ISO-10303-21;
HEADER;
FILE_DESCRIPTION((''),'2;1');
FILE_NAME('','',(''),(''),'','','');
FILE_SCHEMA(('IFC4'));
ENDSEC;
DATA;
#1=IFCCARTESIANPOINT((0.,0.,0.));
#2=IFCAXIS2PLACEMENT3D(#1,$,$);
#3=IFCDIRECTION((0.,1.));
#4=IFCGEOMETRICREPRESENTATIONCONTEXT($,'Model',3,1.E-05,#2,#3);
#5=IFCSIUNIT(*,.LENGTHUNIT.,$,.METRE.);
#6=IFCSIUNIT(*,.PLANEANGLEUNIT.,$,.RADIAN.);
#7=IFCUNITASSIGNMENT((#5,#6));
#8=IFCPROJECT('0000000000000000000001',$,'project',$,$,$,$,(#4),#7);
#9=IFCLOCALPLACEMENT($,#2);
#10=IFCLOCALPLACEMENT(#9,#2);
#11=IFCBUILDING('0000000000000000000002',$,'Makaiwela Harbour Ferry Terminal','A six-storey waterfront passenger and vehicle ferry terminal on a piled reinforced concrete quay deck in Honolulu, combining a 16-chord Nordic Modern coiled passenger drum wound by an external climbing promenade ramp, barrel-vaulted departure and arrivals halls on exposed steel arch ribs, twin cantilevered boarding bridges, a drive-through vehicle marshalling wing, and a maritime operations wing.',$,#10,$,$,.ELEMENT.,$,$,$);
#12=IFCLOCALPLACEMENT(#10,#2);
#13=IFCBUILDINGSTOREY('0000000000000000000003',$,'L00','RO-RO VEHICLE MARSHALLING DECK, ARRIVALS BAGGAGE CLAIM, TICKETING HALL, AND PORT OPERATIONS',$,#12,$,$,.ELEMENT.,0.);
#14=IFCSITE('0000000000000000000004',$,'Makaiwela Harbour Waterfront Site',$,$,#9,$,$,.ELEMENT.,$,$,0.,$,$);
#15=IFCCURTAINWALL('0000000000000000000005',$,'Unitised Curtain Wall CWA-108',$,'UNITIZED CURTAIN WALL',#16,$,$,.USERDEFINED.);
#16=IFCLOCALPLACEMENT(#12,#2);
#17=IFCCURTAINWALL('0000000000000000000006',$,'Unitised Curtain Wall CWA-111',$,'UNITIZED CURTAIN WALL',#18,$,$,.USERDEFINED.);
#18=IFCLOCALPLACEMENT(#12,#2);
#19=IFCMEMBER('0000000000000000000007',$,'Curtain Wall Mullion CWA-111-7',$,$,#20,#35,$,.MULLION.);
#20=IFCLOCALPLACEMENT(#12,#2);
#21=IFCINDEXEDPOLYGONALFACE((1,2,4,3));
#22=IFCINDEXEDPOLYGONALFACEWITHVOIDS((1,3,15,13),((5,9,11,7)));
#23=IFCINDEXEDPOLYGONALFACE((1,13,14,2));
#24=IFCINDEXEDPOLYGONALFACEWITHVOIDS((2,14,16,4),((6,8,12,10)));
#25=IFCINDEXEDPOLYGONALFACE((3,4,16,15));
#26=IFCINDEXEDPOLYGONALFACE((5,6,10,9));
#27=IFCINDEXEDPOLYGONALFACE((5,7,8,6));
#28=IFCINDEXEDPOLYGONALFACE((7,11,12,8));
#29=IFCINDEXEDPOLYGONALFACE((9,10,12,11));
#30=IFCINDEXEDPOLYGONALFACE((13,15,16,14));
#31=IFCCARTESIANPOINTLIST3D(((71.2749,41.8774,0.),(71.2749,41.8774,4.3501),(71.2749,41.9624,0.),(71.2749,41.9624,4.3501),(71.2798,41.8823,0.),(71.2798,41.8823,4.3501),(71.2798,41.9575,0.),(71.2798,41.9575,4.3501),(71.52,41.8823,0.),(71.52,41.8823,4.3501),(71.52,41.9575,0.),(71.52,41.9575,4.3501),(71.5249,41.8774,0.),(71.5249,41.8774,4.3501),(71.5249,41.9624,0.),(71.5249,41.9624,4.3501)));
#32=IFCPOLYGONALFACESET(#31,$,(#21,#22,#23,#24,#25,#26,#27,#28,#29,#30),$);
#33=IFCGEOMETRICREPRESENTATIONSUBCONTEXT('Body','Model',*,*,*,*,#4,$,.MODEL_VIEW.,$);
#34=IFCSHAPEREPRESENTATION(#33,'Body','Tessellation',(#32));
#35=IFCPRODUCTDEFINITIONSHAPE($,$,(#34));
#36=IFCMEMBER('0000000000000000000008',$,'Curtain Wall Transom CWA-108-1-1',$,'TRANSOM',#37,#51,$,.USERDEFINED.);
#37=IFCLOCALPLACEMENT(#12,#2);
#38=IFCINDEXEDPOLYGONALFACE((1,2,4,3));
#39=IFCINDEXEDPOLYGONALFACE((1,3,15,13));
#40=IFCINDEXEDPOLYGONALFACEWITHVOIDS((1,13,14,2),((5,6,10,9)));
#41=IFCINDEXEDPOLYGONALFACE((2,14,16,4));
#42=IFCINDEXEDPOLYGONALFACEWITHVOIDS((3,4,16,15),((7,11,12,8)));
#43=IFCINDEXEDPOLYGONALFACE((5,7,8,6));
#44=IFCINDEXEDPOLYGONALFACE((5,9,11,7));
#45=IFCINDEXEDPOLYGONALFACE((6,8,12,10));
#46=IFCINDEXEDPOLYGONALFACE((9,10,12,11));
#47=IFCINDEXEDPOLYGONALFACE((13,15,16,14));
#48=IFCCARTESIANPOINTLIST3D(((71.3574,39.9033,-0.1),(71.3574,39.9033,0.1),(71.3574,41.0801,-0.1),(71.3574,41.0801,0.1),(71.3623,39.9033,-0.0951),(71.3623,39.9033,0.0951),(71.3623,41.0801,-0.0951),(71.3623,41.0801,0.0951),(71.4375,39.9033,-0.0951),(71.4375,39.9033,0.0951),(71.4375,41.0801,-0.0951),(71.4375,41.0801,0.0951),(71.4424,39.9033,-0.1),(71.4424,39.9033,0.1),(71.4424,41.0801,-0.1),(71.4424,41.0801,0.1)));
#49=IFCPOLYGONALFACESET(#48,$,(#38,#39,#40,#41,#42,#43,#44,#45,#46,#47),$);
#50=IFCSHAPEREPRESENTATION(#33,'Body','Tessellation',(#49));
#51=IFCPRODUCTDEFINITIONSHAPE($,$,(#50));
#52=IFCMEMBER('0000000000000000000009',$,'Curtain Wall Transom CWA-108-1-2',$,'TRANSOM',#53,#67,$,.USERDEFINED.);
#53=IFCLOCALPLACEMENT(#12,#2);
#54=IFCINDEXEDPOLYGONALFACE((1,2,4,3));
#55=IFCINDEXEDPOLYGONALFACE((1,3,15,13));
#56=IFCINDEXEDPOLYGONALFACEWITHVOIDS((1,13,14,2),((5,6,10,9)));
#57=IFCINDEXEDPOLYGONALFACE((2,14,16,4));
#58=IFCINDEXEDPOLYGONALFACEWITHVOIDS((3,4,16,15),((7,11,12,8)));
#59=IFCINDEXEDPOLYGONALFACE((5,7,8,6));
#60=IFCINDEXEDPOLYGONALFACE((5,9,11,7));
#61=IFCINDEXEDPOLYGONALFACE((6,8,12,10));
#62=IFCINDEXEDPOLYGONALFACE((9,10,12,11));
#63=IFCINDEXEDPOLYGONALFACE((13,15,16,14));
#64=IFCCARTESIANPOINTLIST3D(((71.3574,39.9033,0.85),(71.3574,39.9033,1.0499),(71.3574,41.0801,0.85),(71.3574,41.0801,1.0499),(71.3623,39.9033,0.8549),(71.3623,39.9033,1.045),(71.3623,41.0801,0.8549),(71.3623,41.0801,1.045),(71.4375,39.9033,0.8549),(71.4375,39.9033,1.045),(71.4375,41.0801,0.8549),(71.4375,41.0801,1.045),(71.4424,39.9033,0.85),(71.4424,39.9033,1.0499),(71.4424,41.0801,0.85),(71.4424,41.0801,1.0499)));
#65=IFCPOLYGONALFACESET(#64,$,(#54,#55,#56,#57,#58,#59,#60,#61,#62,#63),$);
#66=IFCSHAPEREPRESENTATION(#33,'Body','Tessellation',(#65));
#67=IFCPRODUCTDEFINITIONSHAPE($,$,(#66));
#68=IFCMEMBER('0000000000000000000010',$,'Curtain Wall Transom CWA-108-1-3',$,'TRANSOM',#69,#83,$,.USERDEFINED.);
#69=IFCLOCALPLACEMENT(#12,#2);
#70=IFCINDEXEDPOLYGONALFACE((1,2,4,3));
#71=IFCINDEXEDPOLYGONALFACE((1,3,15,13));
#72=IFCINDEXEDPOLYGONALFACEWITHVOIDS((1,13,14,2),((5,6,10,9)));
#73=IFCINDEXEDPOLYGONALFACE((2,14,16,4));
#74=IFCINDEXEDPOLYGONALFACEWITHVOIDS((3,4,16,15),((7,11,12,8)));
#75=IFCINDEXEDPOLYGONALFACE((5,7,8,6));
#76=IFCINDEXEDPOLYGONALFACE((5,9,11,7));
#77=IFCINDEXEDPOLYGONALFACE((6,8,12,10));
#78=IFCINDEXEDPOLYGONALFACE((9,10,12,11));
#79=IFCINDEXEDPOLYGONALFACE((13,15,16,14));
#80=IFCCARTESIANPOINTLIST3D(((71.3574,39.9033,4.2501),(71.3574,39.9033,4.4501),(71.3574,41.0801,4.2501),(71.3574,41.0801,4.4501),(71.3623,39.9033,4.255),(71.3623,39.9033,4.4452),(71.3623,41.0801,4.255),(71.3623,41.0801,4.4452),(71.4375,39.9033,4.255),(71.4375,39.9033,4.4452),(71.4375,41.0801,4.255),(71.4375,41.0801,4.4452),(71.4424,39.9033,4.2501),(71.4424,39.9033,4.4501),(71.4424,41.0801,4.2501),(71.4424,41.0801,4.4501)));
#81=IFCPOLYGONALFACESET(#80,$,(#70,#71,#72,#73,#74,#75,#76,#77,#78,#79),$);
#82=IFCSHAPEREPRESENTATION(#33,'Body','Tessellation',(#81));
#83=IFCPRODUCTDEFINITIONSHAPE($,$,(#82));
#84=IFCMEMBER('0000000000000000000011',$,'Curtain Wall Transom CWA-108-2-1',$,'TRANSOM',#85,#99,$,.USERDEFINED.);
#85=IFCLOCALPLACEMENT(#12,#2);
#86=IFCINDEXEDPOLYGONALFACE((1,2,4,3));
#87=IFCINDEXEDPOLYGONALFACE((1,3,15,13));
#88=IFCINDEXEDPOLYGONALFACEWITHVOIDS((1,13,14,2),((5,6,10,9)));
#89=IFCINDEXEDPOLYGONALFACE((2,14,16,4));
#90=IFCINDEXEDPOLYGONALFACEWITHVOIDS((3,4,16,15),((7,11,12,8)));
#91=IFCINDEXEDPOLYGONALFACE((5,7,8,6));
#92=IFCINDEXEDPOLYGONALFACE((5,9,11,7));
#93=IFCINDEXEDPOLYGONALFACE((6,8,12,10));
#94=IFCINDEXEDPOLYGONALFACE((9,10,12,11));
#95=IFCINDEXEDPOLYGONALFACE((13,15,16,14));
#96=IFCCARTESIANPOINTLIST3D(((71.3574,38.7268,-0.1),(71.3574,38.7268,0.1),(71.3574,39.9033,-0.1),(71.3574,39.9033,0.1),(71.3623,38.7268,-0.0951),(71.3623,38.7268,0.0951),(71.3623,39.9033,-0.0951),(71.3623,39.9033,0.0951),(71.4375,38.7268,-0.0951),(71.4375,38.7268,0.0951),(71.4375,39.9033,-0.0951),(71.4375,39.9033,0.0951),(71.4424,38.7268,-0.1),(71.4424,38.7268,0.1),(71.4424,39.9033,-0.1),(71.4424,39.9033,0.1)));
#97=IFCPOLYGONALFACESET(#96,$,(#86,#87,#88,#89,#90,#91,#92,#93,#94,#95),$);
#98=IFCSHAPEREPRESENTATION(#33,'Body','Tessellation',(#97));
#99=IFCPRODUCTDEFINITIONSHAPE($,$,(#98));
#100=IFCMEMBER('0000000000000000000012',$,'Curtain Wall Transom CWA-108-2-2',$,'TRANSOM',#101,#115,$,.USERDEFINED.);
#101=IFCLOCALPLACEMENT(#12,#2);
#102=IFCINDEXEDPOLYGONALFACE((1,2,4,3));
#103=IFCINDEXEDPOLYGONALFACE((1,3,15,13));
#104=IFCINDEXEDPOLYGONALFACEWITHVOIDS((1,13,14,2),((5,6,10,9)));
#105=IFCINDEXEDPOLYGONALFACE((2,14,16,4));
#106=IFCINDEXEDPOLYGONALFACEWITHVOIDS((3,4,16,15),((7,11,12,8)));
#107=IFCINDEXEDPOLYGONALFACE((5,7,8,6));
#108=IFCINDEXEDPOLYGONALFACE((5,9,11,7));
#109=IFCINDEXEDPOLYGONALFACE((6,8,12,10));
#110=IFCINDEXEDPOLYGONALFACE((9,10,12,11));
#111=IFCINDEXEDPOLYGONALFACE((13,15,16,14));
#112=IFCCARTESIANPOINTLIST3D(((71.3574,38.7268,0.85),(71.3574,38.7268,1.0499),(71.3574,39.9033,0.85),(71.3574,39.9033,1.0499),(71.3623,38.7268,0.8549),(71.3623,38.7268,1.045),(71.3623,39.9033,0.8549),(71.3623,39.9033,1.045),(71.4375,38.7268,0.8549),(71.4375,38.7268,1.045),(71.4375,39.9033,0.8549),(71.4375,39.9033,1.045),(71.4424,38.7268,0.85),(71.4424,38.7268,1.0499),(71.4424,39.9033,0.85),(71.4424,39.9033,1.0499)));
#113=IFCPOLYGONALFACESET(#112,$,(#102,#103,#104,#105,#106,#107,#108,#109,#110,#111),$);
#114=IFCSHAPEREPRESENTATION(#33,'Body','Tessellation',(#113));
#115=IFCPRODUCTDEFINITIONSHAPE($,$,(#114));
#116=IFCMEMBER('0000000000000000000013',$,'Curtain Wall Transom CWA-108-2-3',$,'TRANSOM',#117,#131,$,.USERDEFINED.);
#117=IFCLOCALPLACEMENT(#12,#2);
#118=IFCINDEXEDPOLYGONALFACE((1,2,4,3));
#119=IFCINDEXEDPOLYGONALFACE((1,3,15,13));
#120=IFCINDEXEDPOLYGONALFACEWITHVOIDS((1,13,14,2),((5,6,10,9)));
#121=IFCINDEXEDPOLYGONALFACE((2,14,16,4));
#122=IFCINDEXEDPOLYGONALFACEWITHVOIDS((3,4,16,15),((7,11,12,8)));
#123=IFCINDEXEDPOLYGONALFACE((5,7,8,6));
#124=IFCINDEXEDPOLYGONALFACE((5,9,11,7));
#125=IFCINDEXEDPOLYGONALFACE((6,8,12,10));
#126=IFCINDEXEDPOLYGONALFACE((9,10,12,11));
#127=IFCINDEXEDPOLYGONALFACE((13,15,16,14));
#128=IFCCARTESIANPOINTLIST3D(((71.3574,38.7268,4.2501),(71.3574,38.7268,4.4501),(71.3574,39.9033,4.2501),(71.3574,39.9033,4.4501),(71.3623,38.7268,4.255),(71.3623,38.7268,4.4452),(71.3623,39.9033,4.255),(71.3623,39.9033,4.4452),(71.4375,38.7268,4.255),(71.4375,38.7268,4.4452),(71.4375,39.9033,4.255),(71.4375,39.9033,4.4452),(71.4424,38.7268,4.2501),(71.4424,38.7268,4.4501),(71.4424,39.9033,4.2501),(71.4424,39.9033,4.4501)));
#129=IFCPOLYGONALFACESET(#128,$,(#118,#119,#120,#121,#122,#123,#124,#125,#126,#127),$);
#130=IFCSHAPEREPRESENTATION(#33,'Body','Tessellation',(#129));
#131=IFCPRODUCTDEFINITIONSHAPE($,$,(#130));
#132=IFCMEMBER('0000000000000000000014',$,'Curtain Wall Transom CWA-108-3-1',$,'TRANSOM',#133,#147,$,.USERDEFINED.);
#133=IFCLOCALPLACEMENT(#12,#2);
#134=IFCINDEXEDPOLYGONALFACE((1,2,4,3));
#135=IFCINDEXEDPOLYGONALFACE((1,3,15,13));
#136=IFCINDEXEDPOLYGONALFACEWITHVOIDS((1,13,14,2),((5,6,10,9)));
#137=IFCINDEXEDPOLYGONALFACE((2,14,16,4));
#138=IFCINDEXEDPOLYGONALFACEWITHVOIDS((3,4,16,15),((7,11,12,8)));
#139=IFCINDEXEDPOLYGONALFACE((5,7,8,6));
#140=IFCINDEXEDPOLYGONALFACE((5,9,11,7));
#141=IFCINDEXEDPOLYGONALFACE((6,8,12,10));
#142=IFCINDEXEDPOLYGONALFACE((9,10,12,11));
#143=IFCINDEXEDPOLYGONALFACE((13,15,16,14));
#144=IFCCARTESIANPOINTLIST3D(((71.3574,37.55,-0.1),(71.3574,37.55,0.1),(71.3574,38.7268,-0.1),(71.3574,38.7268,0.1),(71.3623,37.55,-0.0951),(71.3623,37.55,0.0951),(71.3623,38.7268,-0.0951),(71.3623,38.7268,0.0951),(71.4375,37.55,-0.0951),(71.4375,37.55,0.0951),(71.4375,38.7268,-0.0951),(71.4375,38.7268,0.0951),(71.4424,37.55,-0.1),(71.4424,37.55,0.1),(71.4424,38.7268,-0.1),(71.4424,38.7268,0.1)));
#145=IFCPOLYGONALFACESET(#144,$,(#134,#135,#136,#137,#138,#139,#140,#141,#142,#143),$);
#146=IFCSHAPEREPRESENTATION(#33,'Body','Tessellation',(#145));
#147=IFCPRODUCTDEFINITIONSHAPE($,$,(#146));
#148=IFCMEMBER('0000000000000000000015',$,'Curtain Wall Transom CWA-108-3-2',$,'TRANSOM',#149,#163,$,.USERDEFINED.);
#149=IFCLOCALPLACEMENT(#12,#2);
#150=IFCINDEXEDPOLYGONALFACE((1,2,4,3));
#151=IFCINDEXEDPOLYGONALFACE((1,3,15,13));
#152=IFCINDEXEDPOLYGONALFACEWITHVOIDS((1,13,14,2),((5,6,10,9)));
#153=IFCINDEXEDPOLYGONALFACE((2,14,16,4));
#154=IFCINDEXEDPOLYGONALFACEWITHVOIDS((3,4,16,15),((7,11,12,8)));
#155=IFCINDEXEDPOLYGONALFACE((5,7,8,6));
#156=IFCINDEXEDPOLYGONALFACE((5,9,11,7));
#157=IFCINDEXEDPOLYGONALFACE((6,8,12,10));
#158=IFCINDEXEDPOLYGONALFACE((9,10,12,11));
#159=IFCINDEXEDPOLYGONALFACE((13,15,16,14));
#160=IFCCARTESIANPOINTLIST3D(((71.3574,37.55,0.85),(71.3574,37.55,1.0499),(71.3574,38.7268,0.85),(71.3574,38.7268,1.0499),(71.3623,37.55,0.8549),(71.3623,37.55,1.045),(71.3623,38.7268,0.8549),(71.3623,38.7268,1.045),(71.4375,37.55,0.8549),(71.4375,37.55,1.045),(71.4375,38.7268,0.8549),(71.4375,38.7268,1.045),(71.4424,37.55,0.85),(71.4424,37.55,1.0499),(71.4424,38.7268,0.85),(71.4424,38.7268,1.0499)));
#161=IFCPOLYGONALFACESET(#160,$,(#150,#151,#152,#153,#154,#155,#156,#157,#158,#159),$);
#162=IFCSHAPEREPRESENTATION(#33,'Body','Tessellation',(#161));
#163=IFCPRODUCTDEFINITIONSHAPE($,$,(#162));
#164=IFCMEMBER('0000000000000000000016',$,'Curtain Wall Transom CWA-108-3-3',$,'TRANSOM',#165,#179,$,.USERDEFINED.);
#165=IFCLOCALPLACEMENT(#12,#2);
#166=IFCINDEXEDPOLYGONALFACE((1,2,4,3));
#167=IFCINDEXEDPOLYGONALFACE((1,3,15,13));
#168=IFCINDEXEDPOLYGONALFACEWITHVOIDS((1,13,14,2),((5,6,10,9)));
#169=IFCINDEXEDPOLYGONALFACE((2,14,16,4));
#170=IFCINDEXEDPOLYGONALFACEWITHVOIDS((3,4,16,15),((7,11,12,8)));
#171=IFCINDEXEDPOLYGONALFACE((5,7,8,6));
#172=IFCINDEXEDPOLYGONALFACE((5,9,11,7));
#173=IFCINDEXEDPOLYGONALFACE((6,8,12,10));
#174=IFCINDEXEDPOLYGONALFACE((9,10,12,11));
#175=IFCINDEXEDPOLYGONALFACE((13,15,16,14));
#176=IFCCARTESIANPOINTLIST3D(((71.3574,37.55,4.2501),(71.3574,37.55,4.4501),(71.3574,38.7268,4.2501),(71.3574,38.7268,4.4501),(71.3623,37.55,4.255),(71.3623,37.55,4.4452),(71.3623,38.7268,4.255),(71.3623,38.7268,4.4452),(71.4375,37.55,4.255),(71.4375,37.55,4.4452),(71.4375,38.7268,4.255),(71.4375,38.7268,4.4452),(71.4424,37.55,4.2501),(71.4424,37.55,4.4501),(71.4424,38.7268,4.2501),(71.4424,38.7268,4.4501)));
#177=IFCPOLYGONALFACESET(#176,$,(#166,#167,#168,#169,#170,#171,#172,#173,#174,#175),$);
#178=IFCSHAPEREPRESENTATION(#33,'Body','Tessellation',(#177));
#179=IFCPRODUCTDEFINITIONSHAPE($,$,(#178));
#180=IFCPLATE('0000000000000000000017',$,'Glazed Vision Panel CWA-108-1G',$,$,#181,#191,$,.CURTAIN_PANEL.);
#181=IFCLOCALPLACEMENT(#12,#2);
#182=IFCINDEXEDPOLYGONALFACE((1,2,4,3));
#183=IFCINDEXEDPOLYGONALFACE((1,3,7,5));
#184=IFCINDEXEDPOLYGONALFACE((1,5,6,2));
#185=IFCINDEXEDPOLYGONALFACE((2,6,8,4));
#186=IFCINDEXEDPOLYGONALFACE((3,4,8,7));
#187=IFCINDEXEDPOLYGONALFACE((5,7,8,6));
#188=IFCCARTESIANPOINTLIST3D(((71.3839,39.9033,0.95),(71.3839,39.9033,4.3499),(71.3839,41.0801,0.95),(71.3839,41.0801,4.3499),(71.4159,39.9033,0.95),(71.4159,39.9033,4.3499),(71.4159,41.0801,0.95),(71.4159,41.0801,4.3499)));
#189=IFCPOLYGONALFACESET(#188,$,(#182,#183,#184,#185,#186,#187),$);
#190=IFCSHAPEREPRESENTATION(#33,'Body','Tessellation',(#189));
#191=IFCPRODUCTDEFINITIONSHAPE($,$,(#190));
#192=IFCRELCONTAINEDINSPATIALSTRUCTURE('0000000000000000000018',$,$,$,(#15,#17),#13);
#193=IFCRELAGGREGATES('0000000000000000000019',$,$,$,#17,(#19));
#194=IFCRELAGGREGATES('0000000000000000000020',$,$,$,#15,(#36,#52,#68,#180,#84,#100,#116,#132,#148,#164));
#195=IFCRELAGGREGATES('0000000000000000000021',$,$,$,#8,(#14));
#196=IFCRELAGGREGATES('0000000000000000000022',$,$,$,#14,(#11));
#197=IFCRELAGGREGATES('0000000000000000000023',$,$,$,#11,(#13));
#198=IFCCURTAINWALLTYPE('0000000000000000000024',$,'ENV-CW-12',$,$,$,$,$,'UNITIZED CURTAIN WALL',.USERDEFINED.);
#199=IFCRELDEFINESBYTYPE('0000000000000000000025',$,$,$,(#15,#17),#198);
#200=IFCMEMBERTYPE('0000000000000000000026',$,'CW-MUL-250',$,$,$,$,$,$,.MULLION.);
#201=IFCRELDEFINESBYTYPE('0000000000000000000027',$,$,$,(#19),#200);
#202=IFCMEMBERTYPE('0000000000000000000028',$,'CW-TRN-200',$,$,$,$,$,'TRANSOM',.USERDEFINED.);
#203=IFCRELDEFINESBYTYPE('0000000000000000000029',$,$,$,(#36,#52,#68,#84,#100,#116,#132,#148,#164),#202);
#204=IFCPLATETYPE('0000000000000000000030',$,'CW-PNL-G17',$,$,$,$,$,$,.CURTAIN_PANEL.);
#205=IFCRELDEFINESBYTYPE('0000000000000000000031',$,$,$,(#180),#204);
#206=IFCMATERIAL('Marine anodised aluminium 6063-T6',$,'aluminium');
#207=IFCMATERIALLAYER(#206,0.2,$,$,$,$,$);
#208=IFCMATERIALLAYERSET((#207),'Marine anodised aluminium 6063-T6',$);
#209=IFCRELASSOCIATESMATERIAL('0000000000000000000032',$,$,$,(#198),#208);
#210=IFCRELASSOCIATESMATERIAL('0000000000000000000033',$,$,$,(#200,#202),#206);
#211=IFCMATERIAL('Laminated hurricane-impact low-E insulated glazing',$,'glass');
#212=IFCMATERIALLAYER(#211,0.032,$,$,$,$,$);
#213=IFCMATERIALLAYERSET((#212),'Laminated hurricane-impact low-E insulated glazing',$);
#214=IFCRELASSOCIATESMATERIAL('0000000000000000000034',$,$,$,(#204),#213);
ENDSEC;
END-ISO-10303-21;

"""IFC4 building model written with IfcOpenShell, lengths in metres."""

from ifc_helpers import new_model, si_unit, direction, frame, origin, origin_2d, place, context, subcontext, project, spatial, rectangle, hollow_rectangle, extrude, material, layer, layer_set, material_profile, profile_set, type_object, element, aggregate, save


model = new_model("IFC4")

# Units and contexts
model_context = context("Model", 3, precision=1e-05, world=origin(), true_north=direction((0.0, 1.0)))
body_context = subcontext(model_context, "Body", "Model", "MODEL_VIEW")
ifc_project = project(units=[si_unit("LENGTHUNIT", "METRE"), si_unit("PLANEANGLEUNIT", "RADIAN")], contexts=[model_context])

# Site, building, storey
site_placement = place(None, origin())
site = spatial("IfcSite", under=ifc_project, at=site_placement, Name="Makaiwela Harbour Waterfront Site", CompositionType="ELEMENT", RefElevation=0.0)
building_placement = place(site_placement, origin())
building = spatial("IfcBuilding", under=site, at=building_placement, Name="Makaiwela Harbour Ferry Terminal", Description="A six-storey waterfront passenger and vehicle ferry terminal on a piled reinforced concrete quay deck in Honolulu, combining a 16-chord Nordic Modern coiled passenger drum wound by an external climbing promenade ramp, barrel-vaulted departure and arrivals halls on exposed steel arch ribs, twin cantilevered boarding bridges, a drive-through vehicle marshalling wing, and a maritime operations wing.", CompositionType="ELEMENT")
storey_placement = place(building_placement, origin())
storey = spatial("IfcBuildingStorey", under=building, at=storey_placement, Name="L00", Description="RO-RO VEHICLE MARSHALLING DECK, ARRIVALS BAGGAGE CLAIM, TICKETING HALL, AND PORT OPERATIONS", CompositionType="ELEMENT", Elevation=0.0)

# Curtain wall
ifc_material_1 = material(Name="Marine anodised aluminium 6063-T6", Category="aluminium")
ifc_layer_1 = layer(ifc_material_1, 0.2)
ifc_layer_set_1 = layer_set([ifc_layer_1], Name="Marine anodised aluminium 6063-T6")
curtain_wall_type = type_object("IfcCurtainWallType", Name="ENV-CW-12", ElementType="UNITIZED CURTAIN WALL", PredefinedType="USERDEFINED", material=ifc_layer_set_1)
curtain_wall_1_placement = place(storey_placement, origin())
curtain_wall_1 = element("IfcCurtainWall", 1, at=curtain_wall_1_placement, inside=storey, type_object=curtain_wall_type, Name="Unitised Curtain Wall CWA-108", ObjectType="UNITIZED CURTAIN WALL", PredefinedType="USERDEFINED")
ifc_material_profile_1 = material_profile(ifc_material_1, hollow_rectangle(XDim=0.085, YDim=0.25, WallThickness=0.0049, at=origin_2d()), Name="CWM-250X85")
ifc_profile_set_1 = profile_set([ifc_material_profile_1], Name="Marine anodised aluminium 6063-T6")
member_type_1 = type_object("IfcMemberType", Name="CW-MUL-250", PredefinedType="MULLION", material=ifc_profile_set_1)

# Curtain wall, member
curtain_wall_2_placement = place(storey_placement, origin())
curtain_wall_2 = element("IfcCurtainWall", 2, at=curtain_wall_2_placement, inside=storey, type_object=curtain_wall_type, Name="Unitised Curtain Wall CWA-111", ObjectType="UNITIZED CURTAIN WALL", PredefinedType="USERDEFINED")
member_1_placement = place(storey_placement, frame((71.3999, 41.9199, 0.0), z_axis=(0.0, 0.0, 1.0), x_axis=(0.0, 1.0, 0.0)))
member_1 = element("IfcMember", 3, at=member_1_placement, type_object=member_type_1, Name="Curtain Wall Mullion CWA-111-7", PredefinedType="MULLION", context=body_context, shape_type="SweptSolid", body=[
    extrude(hollow_rectangle(XDim=0.085, YDim=0.25, WallThickness=0.0049, at=origin_2d()), origin(), (0.0, 0.0, 1.0), 4.3501),
])
aggregate(curtain_wall_2, [member_1])

# Members
ifc_material_profile_2 = material_profile(ifc_material_1, hollow_rectangle(XDim=0.085, YDim=0.2, WallThickness=0.0049, at=origin_2d()), Name="CWT-200X85")
ifc_profile_set_2 = profile_set([ifc_material_profile_2], Name="Marine anodised aluminium 6063-T6")
member_type_2 = type_object("IfcMemberType", Name="CW-TRN-200", ElementType="TRANSOM", PredefinedType="USERDEFINED", material=ifc_profile_set_2)
member_2_placement = place(storey_placement, frame((71.3999, 41.0801, 0.0), z_axis=(0.0, -1.0, 0.0), x_axis=(1.0, 0.0, 0.0)))
member_2 = element("IfcMember", 4, at=member_2_placement, type_object=member_type_2, Name="Curtain Wall Transom CWA-108-1-1", ObjectType="TRANSOM", PredefinedType="USERDEFINED", context=body_context, shape_type="SweptSolid", body=[
    extrude(hollow_rectangle(XDim=0.085, YDim=0.2, WallThickness=0.0049, at=origin_2d()), origin(), (0.0, 0.0, 1.0), 1.1768),
])
member_3_placement = place(storey_placement, frame((71.3999, 41.0801, 0.95), z_axis=(0.0, -1.0, 0.0), x_axis=(1.0, 0.0, 0.0)))
member_3 = element("IfcMember", 5, at=member_3_placement, type_object=member_type_2, Name="Curtain Wall Transom CWA-108-1-2", ObjectType="TRANSOM", PredefinedType="USERDEFINED", context=body_context, shape_type="SweptSolid", body=[
    extrude(hollow_rectangle(XDim=0.085, YDim=0.2, WallThickness=0.0049, at=origin_2d()), origin(), (0.0, 0.0, 1.0), 1.1768),
])
member_4_placement = place(storey_placement, frame((71.3999, 41.0801, 4.3501), z_axis=(0.0, -1.0, 0.0), x_axis=(1.0, 0.0, 0.0)))
member_4 = element("IfcMember", 6, at=member_4_placement, type_object=member_type_2, Name="Curtain Wall Transom CWA-108-1-3", ObjectType="TRANSOM", PredefinedType="USERDEFINED", context=body_context, shape_type="SweptSolid", body=[
    extrude(hollow_rectangle(XDim=0.085, YDim=0.2, WallThickness=0.0049, at=origin_2d()), origin(), (0.0, 0.0, 1.0), 1.1768),
])
member_5_placement = place(storey_placement, frame((71.3999, 39.9033, 0.0), z_axis=(0.0, -1.0, 0.0), x_axis=(1.0, 0.0, 0.0)))
member_5 = element("IfcMember", 7, at=member_5_placement, type_object=member_type_2, Name="Curtain Wall Transom CWA-108-2-1", ObjectType="TRANSOM", PredefinedType="USERDEFINED", context=body_context, shape_type="SweptSolid", body=[
    extrude(hollow_rectangle(XDim=0.085, YDim=0.2, WallThickness=0.0049, at=origin_2d()), origin(), (0.0, 0.0, 1.0), 1.1765),
])
member_6_placement = place(storey_placement, frame((71.3999, 39.9033, 0.95), z_axis=(0.0, -1.0, 0.0), x_axis=(1.0, 0.0, 0.0)))
member_6 = element("IfcMember", 8, at=member_6_placement, type_object=member_type_2, Name="Curtain Wall Transom CWA-108-2-2", ObjectType="TRANSOM", PredefinedType="USERDEFINED", context=body_context, shape_type="SweptSolid", body=[
    extrude(hollow_rectangle(XDim=0.085, YDim=0.2, WallThickness=0.0049, at=origin_2d()), origin(), (0.0, 0.0, 1.0), 1.1765),
])
member_7_placement = place(storey_placement, frame((71.3999, 39.9033, 4.3501), z_axis=(0.0, -1.0, 0.0), x_axis=(1.0, 0.0, 0.0)))
member_7 = element("IfcMember", 9, at=member_7_placement, type_object=member_type_2, Name="Curtain Wall Transom CWA-108-2-3", ObjectType="TRANSOM", PredefinedType="USERDEFINED", context=body_context, shape_type="SweptSolid", body=[
    extrude(hollow_rectangle(XDim=0.085, YDim=0.2, WallThickness=0.0049, at=origin_2d()), origin(), (0.0, 0.0, 1.0), 1.1765),
])
member_8_placement = place(storey_placement, frame((71.3999, 38.7268, 0.0), z_axis=(0.0, -1.0, 0.0), x_axis=(1.0, 0.0, 0.0)))
member_8 = element("IfcMember", 10, at=member_8_placement, type_object=member_type_2, Name="Curtain Wall Transom CWA-108-3-1", ObjectType="TRANSOM", PredefinedType="USERDEFINED", context=body_context, shape_type="SweptSolid", body=[
    extrude(hollow_rectangle(XDim=0.085, YDim=0.2, WallThickness=0.0049, at=origin_2d()), origin(), (0.0, 0.0, 1.0), 1.1768),
])
member_9_placement = place(storey_placement, frame((71.3999, 38.7268, 0.95), z_axis=(0.0, -1.0, 0.0), x_axis=(1.0, 0.0, 0.0)))
member_9 = element("IfcMember", 11, at=member_9_placement, type_object=member_type_2, Name="Curtain Wall Transom CWA-108-3-2", ObjectType="TRANSOM", PredefinedType="USERDEFINED", context=body_context, shape_type="SweptSolid", body=[
    extrude(hollow_rectangle(XDim=0.085, YDim=0.2, WallThickness=0.0049, at=origin_2d()), origin(), (0.0, 0.0, 1.0), 1.1768),
])
member_10_placement = place(storey_placement, frame((71.3999, 38.7268, 4.3501), z_axis=(0.0, -1.0, 0.0), x_axis=(1.0, 0.0, 0.0)))
member_10 = element("IfcMember", 12, at=member_10_placement, type_object=member_type_2, Name="Curtain Wall Transom CWA-108-3-3", ObjectType="TRANSOM", PredefinedType="USERDEFINED", context=body_context, shape_type="SweptSolid", body=[
    extrude(hollow_rectangle(XDim=0.085, YDim=0.2, WallThickness=0.0049, at=origin_2d()), origin(), (0.0, 0.0, 1.0), 1.1768),
])

# Plate
ifc_material_2 = material(Name="Laminated hurricane-impact low-E insulated glazing", Category="glass")
ifc_layer_2 = layer(ifc_material_2, 0.032)
ifc_layer_set_2 = layer_set([ifc_layer_2], Name="Laminated hurricane-impact low-E insulated glazing")
plate_type_1 = type_object("IfcPlateType", Name="CW-PNL-G17", PredefinedType="CURTAIN_PANEL", material=ifc_layer_set_2)
plate_1_placement = place(storey_placement, frame((71.3999, 40.4917, 0.95), z_axis=(0.0, 0.0, 1.0), x_axis=(0.0, -1.0, 0.0)))
plate_1 = element("IfcPlate", 13, at=plate_1_placement, type_object=plate_type_1, Name="Glazed Vision Panel CWA-108-1G", PredefinedType="CURTAIN_PANEL", context=body_context, shape_type="SweptSolid", body=[
    extrude(rectangle(XDim=1.1768, YDim=0.032, at=origin_2d()), origin(), (0.0, 0.0, 1.0), 3.3999),
])
aggregate(curtain_wall_1, [member_2, member_3, member_4, plate_1, member_5, member_6, member_7, member_8, member_9, member_10])

save(model, "model.ifc")
